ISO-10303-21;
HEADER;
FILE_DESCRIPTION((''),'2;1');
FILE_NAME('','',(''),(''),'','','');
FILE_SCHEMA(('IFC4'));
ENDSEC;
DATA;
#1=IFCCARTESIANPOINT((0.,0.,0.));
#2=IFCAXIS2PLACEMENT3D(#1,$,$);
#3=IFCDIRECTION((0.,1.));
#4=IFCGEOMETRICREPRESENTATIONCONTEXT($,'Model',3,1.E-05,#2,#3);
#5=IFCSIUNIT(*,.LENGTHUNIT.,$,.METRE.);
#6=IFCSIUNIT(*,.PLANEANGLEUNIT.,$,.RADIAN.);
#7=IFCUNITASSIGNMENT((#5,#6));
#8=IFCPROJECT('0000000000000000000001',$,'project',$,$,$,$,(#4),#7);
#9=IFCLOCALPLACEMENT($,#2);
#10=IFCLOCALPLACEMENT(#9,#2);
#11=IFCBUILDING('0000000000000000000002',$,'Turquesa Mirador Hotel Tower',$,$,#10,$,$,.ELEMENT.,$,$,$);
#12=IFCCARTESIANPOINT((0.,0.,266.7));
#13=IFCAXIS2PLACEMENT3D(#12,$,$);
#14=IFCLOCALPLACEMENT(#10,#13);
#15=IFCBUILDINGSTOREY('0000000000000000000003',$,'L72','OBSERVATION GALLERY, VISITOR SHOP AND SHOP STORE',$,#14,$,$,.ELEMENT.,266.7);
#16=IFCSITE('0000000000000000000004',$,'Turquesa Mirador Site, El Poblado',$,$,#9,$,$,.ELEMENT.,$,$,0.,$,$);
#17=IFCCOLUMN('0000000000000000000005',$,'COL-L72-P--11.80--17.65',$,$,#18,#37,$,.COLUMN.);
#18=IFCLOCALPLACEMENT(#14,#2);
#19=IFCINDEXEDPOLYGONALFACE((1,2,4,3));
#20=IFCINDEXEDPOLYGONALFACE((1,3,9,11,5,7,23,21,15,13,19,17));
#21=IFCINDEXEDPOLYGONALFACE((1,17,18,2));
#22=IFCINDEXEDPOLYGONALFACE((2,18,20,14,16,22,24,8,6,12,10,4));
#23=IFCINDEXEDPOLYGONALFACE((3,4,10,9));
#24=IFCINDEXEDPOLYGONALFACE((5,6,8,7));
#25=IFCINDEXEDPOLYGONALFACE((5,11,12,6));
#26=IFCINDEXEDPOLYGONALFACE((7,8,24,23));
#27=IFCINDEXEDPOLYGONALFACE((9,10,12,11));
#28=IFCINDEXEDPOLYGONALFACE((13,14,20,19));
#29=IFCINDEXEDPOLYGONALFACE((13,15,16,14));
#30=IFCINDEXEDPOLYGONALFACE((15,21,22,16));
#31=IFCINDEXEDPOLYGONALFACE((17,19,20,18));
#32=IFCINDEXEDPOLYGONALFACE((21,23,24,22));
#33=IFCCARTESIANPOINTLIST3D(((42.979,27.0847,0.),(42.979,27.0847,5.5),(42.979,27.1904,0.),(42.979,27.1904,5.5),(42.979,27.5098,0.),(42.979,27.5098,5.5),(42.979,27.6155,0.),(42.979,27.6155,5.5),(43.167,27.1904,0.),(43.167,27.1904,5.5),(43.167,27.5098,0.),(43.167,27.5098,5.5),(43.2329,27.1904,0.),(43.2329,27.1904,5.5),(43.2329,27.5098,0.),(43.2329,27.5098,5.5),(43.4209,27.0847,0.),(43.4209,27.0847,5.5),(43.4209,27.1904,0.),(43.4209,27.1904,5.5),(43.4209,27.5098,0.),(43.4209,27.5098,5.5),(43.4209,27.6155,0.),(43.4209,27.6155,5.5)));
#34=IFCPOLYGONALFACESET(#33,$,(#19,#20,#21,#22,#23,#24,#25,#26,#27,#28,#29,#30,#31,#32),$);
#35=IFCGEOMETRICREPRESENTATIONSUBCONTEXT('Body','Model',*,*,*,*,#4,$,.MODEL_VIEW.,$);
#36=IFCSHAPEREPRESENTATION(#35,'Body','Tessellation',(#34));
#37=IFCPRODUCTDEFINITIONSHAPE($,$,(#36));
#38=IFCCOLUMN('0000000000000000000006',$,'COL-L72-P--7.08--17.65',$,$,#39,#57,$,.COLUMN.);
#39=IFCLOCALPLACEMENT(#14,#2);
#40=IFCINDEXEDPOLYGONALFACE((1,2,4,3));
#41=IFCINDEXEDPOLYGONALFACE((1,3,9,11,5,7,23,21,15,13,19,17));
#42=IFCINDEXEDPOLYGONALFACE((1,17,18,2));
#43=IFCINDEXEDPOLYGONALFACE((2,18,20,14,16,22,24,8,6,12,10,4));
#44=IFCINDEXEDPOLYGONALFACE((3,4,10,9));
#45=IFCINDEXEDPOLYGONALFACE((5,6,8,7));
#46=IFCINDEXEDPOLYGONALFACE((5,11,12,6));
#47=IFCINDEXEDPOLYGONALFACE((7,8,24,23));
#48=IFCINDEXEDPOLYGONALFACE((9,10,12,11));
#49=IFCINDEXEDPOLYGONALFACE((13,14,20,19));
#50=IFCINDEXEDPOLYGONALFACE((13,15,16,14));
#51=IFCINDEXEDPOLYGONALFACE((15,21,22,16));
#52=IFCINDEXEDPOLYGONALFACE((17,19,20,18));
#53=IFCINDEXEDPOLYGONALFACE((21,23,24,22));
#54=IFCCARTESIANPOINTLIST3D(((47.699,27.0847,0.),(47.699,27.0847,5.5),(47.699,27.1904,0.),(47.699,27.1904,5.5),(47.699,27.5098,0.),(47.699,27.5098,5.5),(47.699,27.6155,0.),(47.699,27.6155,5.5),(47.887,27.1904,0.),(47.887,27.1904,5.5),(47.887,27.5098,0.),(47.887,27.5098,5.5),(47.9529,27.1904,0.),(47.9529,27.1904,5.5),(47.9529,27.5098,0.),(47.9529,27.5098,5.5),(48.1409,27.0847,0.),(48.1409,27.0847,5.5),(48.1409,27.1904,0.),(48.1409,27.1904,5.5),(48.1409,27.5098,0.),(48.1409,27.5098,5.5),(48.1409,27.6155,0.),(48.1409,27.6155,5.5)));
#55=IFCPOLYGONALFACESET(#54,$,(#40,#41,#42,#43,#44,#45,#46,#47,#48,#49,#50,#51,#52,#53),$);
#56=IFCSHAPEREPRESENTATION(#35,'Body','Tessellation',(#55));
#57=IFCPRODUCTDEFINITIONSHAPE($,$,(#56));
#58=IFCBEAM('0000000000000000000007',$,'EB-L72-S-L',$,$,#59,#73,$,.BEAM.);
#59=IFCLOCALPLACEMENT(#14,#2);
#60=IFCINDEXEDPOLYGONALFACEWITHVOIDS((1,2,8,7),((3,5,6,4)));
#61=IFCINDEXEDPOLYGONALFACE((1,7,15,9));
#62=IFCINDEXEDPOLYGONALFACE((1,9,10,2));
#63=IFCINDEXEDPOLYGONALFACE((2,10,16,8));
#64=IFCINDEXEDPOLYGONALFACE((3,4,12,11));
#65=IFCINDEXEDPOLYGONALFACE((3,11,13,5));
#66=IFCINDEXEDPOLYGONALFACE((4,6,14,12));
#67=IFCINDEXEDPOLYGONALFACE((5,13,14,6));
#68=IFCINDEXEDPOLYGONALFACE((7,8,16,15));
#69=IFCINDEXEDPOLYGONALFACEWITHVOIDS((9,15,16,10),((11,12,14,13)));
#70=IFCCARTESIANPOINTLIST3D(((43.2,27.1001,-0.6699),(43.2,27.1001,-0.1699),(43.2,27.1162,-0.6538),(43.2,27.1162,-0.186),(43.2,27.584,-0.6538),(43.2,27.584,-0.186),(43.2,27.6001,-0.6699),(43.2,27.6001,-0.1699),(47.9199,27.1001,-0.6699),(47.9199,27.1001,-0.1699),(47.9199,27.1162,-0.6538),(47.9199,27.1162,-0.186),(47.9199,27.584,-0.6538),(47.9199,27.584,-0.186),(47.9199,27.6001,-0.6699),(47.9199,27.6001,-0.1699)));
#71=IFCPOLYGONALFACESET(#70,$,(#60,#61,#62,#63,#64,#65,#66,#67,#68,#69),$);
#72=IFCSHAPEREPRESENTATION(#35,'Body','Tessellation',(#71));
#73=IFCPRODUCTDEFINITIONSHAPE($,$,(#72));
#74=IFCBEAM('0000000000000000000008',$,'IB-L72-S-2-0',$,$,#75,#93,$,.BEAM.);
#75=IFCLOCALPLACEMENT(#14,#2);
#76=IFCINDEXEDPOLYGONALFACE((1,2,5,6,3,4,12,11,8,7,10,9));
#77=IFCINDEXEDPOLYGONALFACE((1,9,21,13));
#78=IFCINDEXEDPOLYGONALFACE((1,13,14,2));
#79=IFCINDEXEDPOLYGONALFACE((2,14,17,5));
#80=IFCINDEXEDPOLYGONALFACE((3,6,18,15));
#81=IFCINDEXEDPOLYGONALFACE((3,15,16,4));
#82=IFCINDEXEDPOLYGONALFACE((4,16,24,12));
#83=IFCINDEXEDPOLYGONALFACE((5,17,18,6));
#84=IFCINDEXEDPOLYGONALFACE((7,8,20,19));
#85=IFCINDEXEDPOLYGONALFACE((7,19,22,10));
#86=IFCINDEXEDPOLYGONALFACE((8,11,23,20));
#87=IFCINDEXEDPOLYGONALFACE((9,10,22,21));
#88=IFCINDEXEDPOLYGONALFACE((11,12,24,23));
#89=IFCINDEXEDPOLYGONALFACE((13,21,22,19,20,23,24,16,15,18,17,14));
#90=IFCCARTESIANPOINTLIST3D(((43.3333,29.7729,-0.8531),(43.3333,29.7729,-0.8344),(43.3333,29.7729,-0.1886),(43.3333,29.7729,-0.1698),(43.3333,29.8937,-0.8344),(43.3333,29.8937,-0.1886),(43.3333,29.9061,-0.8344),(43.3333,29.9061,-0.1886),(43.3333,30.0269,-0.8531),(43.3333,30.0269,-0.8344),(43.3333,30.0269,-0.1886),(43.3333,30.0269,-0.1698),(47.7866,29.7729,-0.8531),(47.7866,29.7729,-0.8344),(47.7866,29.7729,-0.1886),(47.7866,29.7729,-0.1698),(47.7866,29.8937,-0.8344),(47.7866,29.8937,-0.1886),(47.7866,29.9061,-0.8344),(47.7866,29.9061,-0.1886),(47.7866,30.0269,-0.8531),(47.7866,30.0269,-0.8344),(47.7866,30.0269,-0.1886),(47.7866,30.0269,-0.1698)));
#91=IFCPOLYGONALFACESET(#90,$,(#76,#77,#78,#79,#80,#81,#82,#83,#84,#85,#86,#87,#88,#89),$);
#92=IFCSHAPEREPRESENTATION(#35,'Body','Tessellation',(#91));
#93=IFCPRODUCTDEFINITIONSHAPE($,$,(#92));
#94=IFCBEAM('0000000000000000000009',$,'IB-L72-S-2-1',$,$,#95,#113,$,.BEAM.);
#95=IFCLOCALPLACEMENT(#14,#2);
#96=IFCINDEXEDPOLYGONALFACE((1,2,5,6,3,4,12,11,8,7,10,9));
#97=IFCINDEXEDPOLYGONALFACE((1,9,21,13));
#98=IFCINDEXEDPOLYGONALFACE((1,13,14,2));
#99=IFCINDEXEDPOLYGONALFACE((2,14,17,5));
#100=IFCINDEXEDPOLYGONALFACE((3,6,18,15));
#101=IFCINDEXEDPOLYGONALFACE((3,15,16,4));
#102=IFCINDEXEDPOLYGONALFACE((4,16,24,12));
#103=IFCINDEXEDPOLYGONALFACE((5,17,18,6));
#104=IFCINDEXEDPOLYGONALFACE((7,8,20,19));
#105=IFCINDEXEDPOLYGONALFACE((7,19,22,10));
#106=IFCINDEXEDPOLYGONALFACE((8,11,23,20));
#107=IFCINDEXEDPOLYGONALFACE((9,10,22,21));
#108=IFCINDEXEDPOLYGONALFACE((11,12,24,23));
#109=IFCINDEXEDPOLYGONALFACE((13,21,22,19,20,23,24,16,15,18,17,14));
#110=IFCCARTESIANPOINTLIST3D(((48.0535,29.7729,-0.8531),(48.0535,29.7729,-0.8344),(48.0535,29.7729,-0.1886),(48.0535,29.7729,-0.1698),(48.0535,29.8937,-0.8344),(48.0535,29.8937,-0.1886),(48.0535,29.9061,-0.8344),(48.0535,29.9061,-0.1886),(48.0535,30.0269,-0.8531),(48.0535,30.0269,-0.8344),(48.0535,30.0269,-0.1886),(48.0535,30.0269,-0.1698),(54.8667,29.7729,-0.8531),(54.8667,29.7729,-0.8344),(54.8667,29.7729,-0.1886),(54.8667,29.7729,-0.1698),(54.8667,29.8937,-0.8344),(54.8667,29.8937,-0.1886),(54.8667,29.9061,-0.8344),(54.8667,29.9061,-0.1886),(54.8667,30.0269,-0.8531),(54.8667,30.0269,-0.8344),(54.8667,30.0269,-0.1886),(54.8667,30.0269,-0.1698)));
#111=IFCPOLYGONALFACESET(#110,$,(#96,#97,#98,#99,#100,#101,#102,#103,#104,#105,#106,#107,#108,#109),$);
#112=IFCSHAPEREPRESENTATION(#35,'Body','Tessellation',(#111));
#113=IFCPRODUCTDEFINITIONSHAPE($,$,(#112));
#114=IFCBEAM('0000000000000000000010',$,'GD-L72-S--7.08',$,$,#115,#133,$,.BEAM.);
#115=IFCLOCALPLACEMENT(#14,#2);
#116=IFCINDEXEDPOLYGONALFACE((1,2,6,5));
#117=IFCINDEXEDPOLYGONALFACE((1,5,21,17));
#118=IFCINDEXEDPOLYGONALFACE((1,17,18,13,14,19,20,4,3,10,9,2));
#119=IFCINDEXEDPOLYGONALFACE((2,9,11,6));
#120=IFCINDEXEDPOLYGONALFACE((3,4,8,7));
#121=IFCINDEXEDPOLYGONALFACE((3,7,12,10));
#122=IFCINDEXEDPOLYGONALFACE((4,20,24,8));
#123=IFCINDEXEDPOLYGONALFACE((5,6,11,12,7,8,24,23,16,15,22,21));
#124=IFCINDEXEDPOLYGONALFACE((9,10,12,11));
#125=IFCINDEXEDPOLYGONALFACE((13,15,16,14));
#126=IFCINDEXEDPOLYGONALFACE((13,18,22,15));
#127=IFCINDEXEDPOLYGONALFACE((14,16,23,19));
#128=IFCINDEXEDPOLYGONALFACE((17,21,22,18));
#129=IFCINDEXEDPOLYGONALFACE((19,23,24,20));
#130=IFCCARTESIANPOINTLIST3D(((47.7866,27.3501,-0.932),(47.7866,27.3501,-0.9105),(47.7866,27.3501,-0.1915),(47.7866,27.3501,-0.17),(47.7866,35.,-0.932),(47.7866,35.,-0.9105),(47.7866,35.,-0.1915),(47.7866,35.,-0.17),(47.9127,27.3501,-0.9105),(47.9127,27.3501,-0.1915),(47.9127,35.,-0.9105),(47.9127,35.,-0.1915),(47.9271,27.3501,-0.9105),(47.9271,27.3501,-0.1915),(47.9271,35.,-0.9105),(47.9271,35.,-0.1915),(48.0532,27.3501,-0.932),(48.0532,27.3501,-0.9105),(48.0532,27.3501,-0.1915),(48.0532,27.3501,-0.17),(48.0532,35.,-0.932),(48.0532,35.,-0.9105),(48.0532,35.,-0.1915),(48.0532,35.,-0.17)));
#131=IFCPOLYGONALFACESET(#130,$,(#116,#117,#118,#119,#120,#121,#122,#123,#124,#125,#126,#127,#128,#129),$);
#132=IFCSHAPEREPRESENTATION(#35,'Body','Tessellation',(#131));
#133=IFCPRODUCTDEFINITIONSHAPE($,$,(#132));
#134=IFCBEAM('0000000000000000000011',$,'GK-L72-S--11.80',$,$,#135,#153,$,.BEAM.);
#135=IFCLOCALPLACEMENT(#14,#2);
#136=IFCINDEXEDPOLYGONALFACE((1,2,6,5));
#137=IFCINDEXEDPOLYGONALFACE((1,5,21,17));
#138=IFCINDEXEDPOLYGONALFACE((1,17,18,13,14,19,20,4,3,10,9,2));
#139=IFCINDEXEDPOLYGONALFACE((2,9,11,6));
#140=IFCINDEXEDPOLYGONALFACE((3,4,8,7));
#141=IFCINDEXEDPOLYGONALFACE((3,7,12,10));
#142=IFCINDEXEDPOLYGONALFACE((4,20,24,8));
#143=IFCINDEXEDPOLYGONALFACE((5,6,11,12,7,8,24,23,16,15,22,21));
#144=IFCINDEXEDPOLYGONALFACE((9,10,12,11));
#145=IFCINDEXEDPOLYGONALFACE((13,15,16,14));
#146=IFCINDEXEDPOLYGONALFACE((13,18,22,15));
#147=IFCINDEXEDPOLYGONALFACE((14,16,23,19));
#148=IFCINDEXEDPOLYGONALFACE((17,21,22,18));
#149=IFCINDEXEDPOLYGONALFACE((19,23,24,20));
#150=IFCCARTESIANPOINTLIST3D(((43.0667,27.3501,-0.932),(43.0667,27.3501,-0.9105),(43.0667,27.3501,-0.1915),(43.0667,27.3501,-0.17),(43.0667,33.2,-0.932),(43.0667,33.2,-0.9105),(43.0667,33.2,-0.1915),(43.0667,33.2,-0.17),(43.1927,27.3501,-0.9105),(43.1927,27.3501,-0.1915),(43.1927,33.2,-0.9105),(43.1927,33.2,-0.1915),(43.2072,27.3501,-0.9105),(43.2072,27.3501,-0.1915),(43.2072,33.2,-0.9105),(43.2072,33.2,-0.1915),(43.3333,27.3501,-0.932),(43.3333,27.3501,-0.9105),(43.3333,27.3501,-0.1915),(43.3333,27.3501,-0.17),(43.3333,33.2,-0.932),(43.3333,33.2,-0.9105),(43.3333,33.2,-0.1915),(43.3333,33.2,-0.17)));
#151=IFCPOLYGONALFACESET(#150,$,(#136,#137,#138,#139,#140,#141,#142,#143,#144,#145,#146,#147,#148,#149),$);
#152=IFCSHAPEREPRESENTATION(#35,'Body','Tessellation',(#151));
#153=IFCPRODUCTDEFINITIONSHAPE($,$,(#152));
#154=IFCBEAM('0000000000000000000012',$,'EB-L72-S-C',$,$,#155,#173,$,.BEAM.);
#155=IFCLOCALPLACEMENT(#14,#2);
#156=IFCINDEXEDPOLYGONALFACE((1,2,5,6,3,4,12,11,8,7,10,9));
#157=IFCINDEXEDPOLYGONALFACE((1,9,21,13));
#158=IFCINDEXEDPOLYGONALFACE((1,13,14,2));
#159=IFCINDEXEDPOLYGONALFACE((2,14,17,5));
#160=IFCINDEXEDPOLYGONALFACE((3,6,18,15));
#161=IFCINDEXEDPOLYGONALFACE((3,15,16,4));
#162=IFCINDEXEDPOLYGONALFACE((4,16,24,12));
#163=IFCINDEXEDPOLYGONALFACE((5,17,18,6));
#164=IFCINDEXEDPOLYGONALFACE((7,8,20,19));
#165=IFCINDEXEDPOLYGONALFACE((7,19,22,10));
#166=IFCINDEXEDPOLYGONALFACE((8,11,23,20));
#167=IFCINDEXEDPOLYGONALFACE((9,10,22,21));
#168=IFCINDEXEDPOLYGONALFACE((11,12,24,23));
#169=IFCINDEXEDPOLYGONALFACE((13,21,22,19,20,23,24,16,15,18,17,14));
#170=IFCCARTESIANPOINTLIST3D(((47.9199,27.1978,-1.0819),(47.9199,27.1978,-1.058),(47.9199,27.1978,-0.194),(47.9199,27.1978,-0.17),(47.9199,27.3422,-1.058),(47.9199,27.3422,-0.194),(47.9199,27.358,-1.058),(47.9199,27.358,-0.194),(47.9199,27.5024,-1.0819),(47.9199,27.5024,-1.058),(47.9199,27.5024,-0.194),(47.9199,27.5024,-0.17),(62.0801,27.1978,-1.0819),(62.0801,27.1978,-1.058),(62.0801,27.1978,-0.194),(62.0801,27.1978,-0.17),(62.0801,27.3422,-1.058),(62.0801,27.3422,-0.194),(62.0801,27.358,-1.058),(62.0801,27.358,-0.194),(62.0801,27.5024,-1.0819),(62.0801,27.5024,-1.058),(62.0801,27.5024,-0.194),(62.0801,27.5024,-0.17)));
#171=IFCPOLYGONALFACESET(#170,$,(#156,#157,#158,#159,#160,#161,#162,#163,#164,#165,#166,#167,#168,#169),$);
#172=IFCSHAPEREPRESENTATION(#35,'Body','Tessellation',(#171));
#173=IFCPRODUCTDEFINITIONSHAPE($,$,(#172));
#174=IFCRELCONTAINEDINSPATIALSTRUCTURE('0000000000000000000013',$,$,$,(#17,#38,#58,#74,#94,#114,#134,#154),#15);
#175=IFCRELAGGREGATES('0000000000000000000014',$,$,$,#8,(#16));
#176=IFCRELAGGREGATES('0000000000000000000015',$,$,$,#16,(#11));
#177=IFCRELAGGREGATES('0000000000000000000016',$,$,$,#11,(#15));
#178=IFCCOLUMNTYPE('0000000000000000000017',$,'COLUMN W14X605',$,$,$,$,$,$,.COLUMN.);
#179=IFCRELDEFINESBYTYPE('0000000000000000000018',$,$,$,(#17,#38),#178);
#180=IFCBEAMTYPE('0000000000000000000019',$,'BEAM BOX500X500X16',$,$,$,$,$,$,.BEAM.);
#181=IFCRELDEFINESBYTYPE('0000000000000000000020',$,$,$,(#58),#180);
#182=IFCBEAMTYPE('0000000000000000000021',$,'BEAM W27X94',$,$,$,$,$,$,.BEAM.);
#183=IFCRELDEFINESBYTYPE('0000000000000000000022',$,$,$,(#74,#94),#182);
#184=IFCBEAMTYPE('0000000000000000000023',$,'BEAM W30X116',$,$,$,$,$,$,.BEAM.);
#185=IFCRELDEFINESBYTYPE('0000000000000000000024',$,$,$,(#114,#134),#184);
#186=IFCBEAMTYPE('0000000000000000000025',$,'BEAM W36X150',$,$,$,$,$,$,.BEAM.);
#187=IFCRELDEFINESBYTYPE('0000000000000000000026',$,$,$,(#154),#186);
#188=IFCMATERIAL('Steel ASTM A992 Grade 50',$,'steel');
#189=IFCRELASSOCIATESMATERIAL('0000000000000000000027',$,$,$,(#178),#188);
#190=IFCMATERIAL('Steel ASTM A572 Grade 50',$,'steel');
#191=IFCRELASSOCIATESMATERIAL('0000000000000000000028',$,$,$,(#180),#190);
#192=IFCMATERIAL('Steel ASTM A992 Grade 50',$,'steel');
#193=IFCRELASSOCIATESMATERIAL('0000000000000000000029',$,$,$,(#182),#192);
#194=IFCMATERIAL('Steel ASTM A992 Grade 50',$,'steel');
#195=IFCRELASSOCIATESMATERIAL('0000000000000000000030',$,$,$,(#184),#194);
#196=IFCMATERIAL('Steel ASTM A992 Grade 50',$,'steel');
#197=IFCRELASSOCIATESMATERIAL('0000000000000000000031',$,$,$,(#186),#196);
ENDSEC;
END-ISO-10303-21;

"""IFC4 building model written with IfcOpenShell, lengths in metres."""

from ifc_helpers import new_model, si_unit, direction, frame, origin, origin_2d, place, context, subcontext, project, spatial, hollow_rectangle, i_section, extrude, material, material_profile, profile_set, type_object, element, save


model = new_model("IFC4")

# Units and contexts
model_context = context("Model", 3, precision=1e-05, world=origin(), true_north=direction((0.0, 1.0)))
body_context = subcontext(model_context, "Body", "Model", "MODEL_VIEW")
ifc_project = project(units=[si_unit("LENGTHUNIT", "METRE"), si_unit("PLANEANGLEUNIT", "RADIAN")], contexts=[model_context])

# Site, building, storey
site_placement = place(None, origin())
site = spatial("IfcSite", under=ifc_project, at=site_placement, Name="Turquesa Mirador Site, El Poblado", CompositionType="ELEMENT", RefElevation=0.0)
building_placement = place(site_placement, origin())
building = spatial("IfcBuilding", under=site, at=building_placement, Name="Turquesa Mirador Hotel Tower", CompositionType="ELEMENT")
storey_placement = place(building_placement, frame((0.0, 0.0, 266.7)))
storey = spatial("IfcBuildingStorey", under=building, at=storey_placement, Name="L72", Description="OBSERVATION GALLERY, VISITOR SHOP AND SHOP STORE", CompositionType="ELEMENT", Elevation=266.7)

# Columns
ifc_material_1 = material(Name="Steel ASTM A992 Grade 50", Category="steel")
ifc_material_profile_1 = material_profile(ifc_material_1, i_section(OverallWidth=0.4419, OverallDepth=0.5308, WebThickness=0.0659, FlangeThickness=0.1057, at=origin_2d()), Name="W14X605")
ifc_profile_set_1 = profile_set([ifc_material_profile_1], Name="Steel ASTM A992 Grade 50")
column_type = type_object("IfcColumnType", Name="COLUMN W14X605", PredefinedType="COLUMN", material=ifc_profile_set_1)
for number, where, z_axis, x_axis, name in (
    (1, (43.2, 27.3501, 0.0), (0.0, 0.0, 1.0), (1.0, 0.0, 0.0), "COL-L72-P--11.80--17.65"),
    (2, (47.9199, 27.3501, 0.0), (0.0, 0.0, 1.0), (1.0, 0.0, 0.0), "COL-L72-P--7.08--17.65"),
):
    element("IfcColumn", number, at=place(storey_placement, frame(where, z_axis=z_axis, x_axis=x_axis)), inside=storey, type_object=column_type, Name=name, PredefinedType="COLUMN", context=body_context, shape_type="SweptSolid", body=[
        extrude(i_section(OverallWidth=0.4419, OverallDepth=0.5308, WebThickness=0.0659, FlangeThickness=0.1057, at=origin_2d()), origin(), (0.0, 0.0, 1.0), 5.5),
    ])

# Beams
ifc_material_2 = material(Name="Steel ASTM A572 Grade 50", Category="steel")
ifc_material_profile_2 = material_profile(ifc_material_2, hollow_rectangle(XDim=0.5, YDim=0.5, WallThickness=0.0161, at=origin_2d()), Name="BOX500X500X16")
ifc_profile_set_2 = profile_set([ifc_material_profile_2], Name="Steel ASTM A572 Grade 50")
beam_type_1 = type_object("IfcBeamType", Name="BEAM BOX500X500X16", PredefinedType="BEAM", material=ifc_profile_set_2)
beam_1_placement = place(storey_placement, frame((43.2, 27.3501, -0.4199), z_axis=(1.0, 0.0, 0.0), x_axis=(0.0, 1.0, 0.0)))
element("IfcBeam", 3, at=beam_1_placement, inside=storey, type_object=beam_type_1, Name="EB-L72-S-L", PredefinedType="BEAM", context=body_context, shape_type="SweptSolid", body=[
    extrude(hollow_rectangle(XDim=0.5, YDim=0.5, WallThickness=0.0161, at=origin_2d()), origin(), (0.0, 0.0, 1.0), 4.72),
])
ifc_material_3 = material(Name="Steel ASTM A992 Grade 50", Category="steel")
ifc_material_profile_3 = material_profile(ifc_material_3, i_section(OverallWidth=0.2539, OverallDepth=0.6833, WebThickness=0.0125, FlangeThickness=0.0188, at=origin_2d()), Name="W27X94")
ifc_profile_set_3 = profile_set([ifc_material_profile_3], Name="Steel ASTM A992 Grade 50")
beam_type_2 = type_object("IfcBeamType", Name="BEAM W27X94", PredefinedType="BEAM", material=ifc_profile_set_3)
beam_2_placement = place(storey_placement, frame((43.3333, 29.8999, -0.5115), z_axis=(1.0, 0.0, 0.0), x_axis=(0.0, 1.0, 0.0)))
element("IfcBeam", 4, at=beam_2_placement, inside=storey, type_object=beam_type_2, Name="IB-L72-S-2-0", PredefinedType="BEAM", context=body_context, shape_type="SweptSolid", body=[
    extrude(i_section(OverallWidth=0.2539, OverallDepth=0.6833, WebThickness=0.0125, FlangeThickness=0.0188, at=origin_2d()), origin(), (0.0, 0.0, 1.0), 4.4534),
])
beam_3_placement = place(storey_placement, frame((48.0535, 29.8999, -0.5115), z_axis=(1.0, 0.0, 0.0), x_axis=(0.0, 1.0, 0.0)))
element("IfcBeam", 5, at=beam_3_placement, inside=storey, type_object=beam_type_2, Name="IB-L72-S-2-1", PredefinedType="BEAM", context=body_context, shape_type="SweptSolid", body=[
    extrude(i_section(OverallWidth=0.2539, OverallDepth=0.6833, WebThickness=0.0125, FlangeThickness=0.0188, at=origin_2d()), origin(), (0.0, 0.0, 1.0), 6.8132),
])
ifc_material_4 = material(Name="Steel ASTM A992 Grade 50", Category="steel")
ifc_material_profile_4 = material_profile(ifc_material_4, i_section(OverallWidth=0.2666, OverallDepth=0.762, WebThickness=0.0144, FlangeThickness=0.0215, at=origin_2d()), Name="W30X116")
ifc_profile_set_4 = profile_set([ifc_material_profile_4], Name="Steel ASTM A992 Grade 50")
beam_type_3 = type_object("IfcBeamType", Name="BEAM W30X116", PredefinedType="BEAM", material=ifc_profile_set_4)
beam_4_placement = place(storey_placement, frame((47.9199, 27.3501, -0.551), z_axis=(0.0, 1.0, 0.0), x_axis=(-1.0, 0.0, 0.0)))
element("IfcBeam", 6, at=beam_4_placement, inside=storey, type_object=beam_type_3, Name="GD-L72-S--7.08", PredefinedType="BEAM", context=body_context, shape_type="SweptSolid", body=[
    extrude(i_section(OverallWidth=0.2666, OverallDepth=0.762, WebThickness=0.0144, FlangeThickness=0.0215, at=origin_2d()), origin(), (0.0, 0.0, 1.0), 7.6499),
])
beam_5_placement = place(storey_placement, frame((43.2, 27.3501, -0.551), z_axis=(0.0, 1.0, 0.0), x_axis=(-1.0, 0.0, 0.0)))
element("IfcBeam", 7, at=beam_5_placement, inside=storey, type_object=beam_type_3, Name="GK-L72-S--11.80", PredefinedType="BEAM", context=body_context, shape_type="SweptSolid", body=[
    extrude(i_section(OverallWidth=0.2666, OverallDepth=0.762, WebThickness=0.0144, FlangeThickness=0.0215, at=origin_2d()), origin(), (0.0, 0.0, 1.0), 5.8499),
])
ifc_material_5 = material(Name="Steel ASTM A992 Grade 50", Category="steel")
ifc_material_profile_5 = material_profile(ifc_material_5, i_section(OverallWidth=0.3047, OverallDepth=0.9119, WebThickness=0.0159, FlangeThickness=0.0239, at=origin_2d()), Name="W36X150")
ifc_profile_set_5 = profile_set([ifc_material_profile_5], Name="Steel ASTM A992 Grade 50")
beam_type_4 = type_object("IfcBeamType", Name="BEAM W36X150", PredefinedType="BEAM", material=ifc_profile_set_5)
beam_6_placement = place(storey_placement, frame((47.9199, 27.3501, -0.626), z_axis=(1.0, 0.0, 0.0), x_axis=(0.0, 1.0, 0.0)))
element("IfcBeam", 8, at=beam_6_placement, inside=storey, type_object=beam_type_4, Name="EB-L72-S-C", PredefinedType="BEAM", context=body_context, shape_type="SweptSolid", body=[
    extrude(i_section(OverallWidth=0.3047, OverallDepth=0.9119, WebThickness=0.0159, FlangeThickness=0.0239, at=origin_2d()), origin(), (0.0, 0.0, 1.0), 14.1602),
])

save(model, "model.ifc")
